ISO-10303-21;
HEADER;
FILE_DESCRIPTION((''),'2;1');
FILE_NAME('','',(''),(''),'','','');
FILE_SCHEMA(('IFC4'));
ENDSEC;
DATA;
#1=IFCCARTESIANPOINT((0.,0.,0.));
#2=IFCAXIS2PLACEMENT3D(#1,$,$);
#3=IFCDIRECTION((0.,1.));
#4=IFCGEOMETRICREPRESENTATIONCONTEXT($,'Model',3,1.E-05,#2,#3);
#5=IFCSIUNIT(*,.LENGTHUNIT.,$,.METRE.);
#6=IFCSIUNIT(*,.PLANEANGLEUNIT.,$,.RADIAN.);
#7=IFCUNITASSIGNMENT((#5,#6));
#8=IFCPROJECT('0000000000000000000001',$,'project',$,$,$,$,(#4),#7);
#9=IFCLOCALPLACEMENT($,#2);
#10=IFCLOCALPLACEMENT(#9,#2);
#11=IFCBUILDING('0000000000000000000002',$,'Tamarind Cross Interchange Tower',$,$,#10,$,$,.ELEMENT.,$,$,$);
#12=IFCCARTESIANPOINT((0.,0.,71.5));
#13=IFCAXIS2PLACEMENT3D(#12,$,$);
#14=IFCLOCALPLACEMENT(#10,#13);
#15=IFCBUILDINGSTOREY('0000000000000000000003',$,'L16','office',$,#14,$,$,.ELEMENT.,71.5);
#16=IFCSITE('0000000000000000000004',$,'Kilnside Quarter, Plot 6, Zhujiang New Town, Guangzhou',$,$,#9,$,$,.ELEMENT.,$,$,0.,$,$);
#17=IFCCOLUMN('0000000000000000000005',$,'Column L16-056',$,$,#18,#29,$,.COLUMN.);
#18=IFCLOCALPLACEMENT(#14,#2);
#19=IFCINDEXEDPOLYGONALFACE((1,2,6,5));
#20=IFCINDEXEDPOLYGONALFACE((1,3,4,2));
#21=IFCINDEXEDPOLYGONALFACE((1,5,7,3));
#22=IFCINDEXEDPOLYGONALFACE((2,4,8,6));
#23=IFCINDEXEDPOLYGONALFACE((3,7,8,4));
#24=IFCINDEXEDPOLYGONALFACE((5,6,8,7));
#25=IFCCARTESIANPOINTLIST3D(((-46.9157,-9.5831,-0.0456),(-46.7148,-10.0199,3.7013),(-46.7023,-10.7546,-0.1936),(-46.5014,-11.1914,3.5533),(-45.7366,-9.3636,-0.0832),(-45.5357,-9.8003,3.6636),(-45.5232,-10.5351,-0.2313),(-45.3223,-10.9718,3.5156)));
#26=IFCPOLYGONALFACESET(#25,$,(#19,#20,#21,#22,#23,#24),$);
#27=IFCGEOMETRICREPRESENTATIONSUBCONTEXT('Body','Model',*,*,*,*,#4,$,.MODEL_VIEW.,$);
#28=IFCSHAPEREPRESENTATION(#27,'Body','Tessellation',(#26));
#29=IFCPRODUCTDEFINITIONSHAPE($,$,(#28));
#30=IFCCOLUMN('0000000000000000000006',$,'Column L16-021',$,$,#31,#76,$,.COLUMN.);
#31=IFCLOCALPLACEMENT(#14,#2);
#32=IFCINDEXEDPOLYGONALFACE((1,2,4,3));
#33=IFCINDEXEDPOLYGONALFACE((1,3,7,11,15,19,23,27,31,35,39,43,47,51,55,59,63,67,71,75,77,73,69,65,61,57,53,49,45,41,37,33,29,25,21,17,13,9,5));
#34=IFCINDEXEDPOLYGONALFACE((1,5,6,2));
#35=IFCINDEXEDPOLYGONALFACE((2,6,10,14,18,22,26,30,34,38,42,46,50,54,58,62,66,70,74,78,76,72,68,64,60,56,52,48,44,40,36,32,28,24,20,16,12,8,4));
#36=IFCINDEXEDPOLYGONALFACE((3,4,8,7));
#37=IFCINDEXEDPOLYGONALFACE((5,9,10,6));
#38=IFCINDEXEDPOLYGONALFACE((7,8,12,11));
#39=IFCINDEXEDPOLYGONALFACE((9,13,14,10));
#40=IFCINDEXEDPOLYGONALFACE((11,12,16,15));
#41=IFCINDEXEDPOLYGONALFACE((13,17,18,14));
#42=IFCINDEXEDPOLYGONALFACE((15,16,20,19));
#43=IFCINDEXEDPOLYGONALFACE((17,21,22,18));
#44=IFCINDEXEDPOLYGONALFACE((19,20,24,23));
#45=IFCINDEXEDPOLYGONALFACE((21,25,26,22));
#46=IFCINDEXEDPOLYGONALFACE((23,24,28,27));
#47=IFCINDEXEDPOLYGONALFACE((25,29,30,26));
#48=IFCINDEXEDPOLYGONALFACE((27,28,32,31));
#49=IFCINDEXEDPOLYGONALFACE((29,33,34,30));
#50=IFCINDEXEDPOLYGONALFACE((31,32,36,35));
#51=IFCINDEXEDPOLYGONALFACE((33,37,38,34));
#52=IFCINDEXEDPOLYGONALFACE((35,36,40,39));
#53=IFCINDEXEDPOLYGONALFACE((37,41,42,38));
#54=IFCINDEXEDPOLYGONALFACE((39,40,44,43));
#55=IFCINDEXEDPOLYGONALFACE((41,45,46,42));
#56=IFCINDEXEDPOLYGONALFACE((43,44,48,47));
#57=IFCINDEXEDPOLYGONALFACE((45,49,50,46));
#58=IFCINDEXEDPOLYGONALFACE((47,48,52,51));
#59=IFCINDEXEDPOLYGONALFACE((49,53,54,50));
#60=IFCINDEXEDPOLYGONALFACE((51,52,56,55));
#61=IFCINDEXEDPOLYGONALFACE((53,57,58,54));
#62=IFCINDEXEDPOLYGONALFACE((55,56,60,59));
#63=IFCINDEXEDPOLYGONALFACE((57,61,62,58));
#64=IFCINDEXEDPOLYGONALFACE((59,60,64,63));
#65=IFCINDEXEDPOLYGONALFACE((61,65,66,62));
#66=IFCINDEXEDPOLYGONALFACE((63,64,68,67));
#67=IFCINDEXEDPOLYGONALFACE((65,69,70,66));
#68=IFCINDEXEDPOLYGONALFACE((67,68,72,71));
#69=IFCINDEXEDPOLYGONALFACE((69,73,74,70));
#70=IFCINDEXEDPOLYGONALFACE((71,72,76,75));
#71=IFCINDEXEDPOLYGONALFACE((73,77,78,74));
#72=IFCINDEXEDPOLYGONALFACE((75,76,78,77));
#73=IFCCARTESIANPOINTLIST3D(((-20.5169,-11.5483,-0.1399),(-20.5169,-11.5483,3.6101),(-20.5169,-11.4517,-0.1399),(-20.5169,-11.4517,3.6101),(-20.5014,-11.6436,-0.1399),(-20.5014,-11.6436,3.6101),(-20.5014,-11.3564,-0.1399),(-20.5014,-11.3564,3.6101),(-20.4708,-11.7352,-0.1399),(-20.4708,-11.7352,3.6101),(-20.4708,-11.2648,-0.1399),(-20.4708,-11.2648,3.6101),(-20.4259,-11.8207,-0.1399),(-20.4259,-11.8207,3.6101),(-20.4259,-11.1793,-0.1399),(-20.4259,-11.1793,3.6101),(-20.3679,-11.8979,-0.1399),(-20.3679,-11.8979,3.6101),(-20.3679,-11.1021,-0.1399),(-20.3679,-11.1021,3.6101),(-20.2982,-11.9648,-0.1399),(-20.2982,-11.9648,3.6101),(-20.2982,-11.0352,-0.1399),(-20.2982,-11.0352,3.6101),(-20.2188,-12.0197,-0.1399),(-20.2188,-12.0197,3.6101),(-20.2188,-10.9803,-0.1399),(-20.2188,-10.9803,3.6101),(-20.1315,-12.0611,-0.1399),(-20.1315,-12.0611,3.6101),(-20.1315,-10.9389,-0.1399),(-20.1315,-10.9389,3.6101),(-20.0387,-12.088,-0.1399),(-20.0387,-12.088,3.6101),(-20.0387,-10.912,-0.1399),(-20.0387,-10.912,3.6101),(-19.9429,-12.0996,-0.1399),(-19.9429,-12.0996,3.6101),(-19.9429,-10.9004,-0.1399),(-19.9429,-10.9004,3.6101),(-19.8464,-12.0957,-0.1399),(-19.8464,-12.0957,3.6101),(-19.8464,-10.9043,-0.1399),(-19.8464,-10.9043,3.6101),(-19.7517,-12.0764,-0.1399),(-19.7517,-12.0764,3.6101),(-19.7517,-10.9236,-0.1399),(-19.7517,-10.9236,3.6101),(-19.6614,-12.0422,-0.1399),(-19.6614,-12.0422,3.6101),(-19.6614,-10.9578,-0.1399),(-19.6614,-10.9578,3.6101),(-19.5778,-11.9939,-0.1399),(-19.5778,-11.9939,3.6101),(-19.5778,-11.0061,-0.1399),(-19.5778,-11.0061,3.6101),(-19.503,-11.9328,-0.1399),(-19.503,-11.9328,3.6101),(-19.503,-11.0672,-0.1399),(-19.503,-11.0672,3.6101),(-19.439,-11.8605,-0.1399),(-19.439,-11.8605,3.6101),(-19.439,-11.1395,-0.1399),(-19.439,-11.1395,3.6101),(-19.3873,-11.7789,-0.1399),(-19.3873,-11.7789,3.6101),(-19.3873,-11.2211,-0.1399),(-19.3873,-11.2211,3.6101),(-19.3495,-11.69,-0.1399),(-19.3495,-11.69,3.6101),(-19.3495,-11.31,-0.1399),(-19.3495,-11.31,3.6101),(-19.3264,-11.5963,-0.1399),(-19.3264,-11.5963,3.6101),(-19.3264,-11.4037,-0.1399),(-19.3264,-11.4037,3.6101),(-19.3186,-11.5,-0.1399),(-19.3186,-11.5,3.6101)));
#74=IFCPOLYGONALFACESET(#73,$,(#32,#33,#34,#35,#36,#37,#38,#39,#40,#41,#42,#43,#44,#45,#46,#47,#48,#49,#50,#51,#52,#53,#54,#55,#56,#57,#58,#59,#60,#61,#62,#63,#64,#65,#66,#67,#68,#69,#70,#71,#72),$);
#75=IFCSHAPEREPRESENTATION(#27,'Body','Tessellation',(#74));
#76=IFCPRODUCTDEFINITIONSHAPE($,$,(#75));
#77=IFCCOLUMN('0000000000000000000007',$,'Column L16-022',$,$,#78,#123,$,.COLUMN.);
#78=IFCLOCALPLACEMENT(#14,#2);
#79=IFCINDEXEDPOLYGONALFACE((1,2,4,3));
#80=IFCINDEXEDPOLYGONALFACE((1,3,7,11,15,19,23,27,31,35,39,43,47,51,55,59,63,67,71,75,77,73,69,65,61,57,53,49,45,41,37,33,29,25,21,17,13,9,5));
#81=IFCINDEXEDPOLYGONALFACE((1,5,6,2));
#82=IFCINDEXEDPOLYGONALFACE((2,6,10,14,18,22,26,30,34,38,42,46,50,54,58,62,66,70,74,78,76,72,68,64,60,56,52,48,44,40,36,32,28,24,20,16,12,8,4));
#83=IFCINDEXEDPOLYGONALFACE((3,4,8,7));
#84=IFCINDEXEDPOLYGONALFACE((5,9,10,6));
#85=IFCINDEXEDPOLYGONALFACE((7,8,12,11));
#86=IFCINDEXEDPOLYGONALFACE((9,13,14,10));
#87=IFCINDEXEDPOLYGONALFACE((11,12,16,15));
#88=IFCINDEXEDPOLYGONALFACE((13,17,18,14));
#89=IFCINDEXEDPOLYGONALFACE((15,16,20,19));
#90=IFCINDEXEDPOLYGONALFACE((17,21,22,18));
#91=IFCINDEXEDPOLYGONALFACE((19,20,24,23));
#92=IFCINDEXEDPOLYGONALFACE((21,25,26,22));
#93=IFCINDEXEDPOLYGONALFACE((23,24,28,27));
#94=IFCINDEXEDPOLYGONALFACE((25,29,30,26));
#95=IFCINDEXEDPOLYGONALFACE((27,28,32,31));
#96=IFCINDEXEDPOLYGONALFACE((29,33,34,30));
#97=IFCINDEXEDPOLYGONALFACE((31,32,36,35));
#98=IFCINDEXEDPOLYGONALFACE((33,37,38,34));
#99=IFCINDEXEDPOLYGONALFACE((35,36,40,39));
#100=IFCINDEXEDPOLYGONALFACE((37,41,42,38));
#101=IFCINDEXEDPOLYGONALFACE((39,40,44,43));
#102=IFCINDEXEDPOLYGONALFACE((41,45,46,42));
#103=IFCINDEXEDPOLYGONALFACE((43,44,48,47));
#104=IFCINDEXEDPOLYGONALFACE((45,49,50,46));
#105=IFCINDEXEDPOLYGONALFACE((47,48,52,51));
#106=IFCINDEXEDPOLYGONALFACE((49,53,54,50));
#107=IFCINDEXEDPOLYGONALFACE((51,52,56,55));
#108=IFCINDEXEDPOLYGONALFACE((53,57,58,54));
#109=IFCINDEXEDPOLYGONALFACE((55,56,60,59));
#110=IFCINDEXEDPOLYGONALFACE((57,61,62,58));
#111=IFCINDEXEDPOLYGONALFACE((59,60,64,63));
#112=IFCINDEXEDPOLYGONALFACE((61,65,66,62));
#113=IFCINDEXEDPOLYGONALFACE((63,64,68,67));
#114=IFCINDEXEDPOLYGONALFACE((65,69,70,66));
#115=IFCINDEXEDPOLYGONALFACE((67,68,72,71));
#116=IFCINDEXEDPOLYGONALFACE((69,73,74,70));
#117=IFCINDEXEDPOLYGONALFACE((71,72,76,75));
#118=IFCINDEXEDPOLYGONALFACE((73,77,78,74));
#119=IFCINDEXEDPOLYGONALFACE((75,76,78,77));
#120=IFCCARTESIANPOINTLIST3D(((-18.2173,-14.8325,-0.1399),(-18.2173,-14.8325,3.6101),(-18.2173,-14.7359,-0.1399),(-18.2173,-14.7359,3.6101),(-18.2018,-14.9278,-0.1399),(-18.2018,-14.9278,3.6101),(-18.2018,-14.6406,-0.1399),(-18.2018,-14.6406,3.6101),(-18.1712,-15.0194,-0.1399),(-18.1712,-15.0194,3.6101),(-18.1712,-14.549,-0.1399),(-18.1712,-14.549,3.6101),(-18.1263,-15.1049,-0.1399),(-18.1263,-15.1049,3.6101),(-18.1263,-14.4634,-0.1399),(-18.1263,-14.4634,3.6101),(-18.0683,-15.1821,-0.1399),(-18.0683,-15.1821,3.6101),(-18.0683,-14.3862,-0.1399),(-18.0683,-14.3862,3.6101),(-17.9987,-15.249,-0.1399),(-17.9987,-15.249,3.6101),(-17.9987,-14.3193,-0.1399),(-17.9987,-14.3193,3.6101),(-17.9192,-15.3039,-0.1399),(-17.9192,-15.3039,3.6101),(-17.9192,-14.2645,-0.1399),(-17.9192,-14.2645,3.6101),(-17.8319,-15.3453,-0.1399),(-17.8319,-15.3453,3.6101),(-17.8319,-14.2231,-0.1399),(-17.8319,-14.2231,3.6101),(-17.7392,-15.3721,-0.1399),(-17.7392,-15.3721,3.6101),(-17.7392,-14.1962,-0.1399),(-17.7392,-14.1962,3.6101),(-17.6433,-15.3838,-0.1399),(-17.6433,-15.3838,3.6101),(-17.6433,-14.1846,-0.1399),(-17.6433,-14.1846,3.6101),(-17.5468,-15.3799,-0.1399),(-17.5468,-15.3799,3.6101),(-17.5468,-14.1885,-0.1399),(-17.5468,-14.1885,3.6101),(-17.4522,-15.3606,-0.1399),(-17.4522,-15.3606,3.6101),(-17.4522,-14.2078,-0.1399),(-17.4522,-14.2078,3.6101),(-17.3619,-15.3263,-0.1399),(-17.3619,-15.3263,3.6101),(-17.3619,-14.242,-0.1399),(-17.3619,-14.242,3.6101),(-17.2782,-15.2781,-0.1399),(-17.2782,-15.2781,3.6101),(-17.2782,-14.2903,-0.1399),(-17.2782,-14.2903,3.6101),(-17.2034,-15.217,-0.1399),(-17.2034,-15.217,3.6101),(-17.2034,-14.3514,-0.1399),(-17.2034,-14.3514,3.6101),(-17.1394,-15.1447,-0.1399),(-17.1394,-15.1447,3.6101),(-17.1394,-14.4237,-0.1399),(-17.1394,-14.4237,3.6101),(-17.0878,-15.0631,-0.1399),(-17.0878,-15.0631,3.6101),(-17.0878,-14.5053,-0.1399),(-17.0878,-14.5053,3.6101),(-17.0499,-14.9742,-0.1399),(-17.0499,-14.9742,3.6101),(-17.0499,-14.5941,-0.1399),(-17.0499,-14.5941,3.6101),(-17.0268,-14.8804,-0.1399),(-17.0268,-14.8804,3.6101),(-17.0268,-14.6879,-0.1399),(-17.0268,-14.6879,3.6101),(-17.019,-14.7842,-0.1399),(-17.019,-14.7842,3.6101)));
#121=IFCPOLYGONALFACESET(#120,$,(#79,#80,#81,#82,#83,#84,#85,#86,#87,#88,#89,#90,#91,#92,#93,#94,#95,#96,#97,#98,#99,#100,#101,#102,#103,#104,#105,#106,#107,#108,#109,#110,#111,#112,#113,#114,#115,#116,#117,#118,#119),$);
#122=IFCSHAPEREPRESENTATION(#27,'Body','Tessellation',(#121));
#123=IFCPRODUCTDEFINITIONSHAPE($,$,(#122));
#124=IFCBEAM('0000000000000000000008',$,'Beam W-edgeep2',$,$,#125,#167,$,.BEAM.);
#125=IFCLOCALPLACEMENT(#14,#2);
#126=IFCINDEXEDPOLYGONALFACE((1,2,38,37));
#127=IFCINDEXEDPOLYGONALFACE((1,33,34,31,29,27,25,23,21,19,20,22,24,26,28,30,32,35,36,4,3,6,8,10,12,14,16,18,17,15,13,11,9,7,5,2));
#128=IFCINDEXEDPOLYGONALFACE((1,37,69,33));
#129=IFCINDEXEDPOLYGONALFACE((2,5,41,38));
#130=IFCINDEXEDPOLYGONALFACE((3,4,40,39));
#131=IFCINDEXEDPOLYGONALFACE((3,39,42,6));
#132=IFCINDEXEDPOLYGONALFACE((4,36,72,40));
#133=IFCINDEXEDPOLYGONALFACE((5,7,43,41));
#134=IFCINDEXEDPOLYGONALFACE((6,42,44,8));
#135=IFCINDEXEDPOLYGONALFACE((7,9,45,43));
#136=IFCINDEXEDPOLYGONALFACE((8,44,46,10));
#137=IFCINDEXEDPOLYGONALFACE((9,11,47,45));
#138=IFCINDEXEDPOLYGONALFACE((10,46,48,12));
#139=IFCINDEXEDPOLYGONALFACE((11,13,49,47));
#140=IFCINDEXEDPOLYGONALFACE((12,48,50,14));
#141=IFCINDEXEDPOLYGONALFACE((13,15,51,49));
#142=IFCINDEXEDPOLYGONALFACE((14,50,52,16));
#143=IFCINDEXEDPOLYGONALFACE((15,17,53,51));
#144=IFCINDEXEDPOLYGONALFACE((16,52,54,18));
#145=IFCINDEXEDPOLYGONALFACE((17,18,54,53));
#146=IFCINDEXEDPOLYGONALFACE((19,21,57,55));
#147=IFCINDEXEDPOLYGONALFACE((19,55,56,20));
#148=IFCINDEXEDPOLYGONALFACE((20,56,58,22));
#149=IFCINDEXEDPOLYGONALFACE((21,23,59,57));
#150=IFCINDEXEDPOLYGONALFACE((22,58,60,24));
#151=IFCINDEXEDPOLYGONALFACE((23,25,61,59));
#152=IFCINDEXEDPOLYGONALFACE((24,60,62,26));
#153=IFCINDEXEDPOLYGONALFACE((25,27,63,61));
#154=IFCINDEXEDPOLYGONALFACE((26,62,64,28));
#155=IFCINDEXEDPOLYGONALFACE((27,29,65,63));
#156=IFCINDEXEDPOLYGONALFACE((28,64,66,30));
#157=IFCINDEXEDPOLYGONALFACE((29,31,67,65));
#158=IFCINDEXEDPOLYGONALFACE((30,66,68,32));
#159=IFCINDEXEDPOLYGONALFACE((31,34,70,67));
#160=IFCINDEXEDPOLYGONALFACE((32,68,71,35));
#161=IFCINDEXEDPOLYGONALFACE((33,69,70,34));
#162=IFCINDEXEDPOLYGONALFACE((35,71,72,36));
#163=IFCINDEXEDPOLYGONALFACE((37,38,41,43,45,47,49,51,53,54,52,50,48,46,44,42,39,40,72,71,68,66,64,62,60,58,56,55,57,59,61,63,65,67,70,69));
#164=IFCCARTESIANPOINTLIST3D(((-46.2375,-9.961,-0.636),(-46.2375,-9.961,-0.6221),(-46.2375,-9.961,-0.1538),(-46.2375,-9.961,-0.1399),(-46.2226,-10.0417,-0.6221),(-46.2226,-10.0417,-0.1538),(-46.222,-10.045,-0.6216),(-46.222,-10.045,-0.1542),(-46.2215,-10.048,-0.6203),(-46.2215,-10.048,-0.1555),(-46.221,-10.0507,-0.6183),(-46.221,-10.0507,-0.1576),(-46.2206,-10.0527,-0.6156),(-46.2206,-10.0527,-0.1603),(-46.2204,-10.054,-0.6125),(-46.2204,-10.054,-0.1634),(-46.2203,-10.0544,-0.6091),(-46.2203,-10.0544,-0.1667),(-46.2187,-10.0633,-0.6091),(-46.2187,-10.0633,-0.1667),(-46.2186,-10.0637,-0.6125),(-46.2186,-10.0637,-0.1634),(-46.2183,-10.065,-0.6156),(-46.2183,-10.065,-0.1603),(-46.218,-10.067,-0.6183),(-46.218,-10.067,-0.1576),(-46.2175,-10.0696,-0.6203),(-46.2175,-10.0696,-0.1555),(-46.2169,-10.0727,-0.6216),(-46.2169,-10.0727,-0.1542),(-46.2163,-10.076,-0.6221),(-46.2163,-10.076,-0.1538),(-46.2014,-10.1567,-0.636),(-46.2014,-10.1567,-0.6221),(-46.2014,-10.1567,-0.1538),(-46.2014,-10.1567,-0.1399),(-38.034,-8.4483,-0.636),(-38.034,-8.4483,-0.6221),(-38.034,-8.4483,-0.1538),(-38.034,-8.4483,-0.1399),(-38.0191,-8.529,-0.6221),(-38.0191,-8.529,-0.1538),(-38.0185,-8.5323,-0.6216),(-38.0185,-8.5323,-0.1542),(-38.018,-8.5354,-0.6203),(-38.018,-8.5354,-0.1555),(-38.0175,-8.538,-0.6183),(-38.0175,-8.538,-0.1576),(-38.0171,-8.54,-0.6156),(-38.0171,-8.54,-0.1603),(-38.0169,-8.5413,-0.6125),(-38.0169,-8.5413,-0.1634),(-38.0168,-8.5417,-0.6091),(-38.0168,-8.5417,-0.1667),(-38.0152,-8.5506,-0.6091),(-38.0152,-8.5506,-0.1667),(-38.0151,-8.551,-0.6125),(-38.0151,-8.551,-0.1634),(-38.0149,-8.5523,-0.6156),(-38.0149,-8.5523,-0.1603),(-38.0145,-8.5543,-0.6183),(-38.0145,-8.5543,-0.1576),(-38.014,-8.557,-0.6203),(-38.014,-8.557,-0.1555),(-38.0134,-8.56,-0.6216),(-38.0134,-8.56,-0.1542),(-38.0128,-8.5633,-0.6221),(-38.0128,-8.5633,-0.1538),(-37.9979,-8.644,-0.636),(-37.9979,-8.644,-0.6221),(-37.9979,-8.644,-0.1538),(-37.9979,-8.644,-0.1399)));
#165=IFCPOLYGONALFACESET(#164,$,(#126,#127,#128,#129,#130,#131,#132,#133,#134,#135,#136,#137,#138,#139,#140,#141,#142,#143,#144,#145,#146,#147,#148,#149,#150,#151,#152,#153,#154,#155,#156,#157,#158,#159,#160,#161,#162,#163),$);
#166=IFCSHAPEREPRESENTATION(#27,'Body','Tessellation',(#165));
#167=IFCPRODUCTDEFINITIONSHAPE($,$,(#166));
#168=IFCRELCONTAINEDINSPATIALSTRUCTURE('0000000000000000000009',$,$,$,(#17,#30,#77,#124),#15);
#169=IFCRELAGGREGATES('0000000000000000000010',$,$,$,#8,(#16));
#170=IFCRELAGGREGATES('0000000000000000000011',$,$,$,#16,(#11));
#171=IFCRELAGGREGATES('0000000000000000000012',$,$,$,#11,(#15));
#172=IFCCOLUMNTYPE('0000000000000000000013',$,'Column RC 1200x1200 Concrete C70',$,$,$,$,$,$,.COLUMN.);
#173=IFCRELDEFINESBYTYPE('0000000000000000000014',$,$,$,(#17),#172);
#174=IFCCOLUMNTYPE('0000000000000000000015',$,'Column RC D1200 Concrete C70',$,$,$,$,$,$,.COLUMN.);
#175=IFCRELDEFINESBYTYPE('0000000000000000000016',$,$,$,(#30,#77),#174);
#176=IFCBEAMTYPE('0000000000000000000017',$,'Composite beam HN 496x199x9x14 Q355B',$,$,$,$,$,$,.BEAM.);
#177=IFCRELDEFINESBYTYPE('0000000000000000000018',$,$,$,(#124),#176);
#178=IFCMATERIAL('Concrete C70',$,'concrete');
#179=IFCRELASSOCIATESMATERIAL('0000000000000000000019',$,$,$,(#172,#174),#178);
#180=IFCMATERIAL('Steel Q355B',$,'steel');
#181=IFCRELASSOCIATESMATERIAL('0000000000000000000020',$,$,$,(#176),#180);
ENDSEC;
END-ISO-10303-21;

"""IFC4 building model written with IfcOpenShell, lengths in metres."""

from ifc_helpers import new_model, si_unit, direction, frame, origin, origin_2d, place, context, subcontext, project, spatial, rectangle, circle, i_section, extrude, material, material_profile, profile_set, type_object, element, save


model = new_model("IFC4")

# Units and contexts
model_context = context("Model", 3, precision=1e-05, world=origin(), true_north=direction((0.0, 1.0)))
body_context = subcontext(model_context, "Body", "Model", "MODEL_VIEW")
ifc_project = project(units=[si_unit("LENGTHUNIT", "METRE"), si_unit("PLANEANGLEUNIT", "RADIAN")], contexts=[model_context])

# Site, building, storey
site_placement = place(None, origin())
site = spatial("IfcSite", under=ifc_project, at=site_placement, Name="Kilnside Quarter, Plot 6, Zhujiang New Town, Guangzhou", CompositionType="ELEMENT", RefElevation=0.0)
building_placement = place(site_placement, origin())
building = spatial("IfcBuilding", under=site, at=building_placement, Name="Tamarind Cross Interchange Tower", CompositionType="ELEMENT")
storey_placement = place(building_placement, frame((0.0, 0.0, 71.5)))
storey = spatial("IfcBuildingStorey", under=building, at=storey_placement, Name="L16", Description="office", CompositionType="ELEMENT", Elevation=71.5)

# Columns
ifc_material_1 = material(Name="Concrete C70", Category="concrete")
ifc_material_profile_1 = material_profile(ifc_material_1, rectangle(XDim=1.2, YDim=1.2, at=origin_2d()), Name="RC 1200x1200")
ifc_profile_set_1 = profile_set([ifc_material_profile_1], Name="Concrete C70")
column_type_1 = type_object("IfcColumnType", Name="Column RC 1200x1200 Concrete C70", PredefinedType="COLUMN", material=ifc_profile_set_1)
column_placement = place(storey_placement, frame((-46.2195, -10.0591, -0.1384), z_axis=(0.05319, -0.115622, 0.991868), x_axis=(-0.177831, 0.9763, 0.123344)))
element("IfcColumn", 1, at=column_placement, inside=storey, type_object=column_type_1, Name="Column L16-056", PredefinedType="COLUMN", context=body_context, shape_type="SweptSolid", body=[
    extrude(rectangle(XDim=1.2, YDim=1.2, at=origin_2d()), origin(), (0.0, 0.0, 1.0), 3.7776),
])
ifc_material_profile_2 = material_profile(ifc_material_1, circle(Radius=0.6001, at=origin_2d()), Name="RC D1200")
ifc_profile_set_2 = profile_set([ifc_material_profile_2], Name="Concrete C70")
column_type_2 = type_object("IfcColumnType", Name="Column RC D1200 Concrete C70", PredefinedType="COLUMN", material=ifc_profile_set_2)
for number, where, z_axis, x_axis, name in (
    (2, (-19.9187, -11.5, -0.1399), (0.0, 0.0, 1.0), (1.0, 0.0, 0.0), "Column L16-021"),
    (3, (-17.6191, -14.7842, -0.1399), (0.0, 0.0, 1.0), (1.0, 0.0, 0.0), "Column L16-022"),
):
    element("IfcColumn", number, at=place(storey_placement, frame(where, z_axis=z_axis, x_axis=x_axis)), inside=storey, type_object=column_type_2, Name=name, PredefinedType="COLUMN", context=body_context, shape_type="SweptSolid", body=[
        extrude(circle(Radius=0.6001, at=origin_2d()), origin(), (0.0, 0.0, 1.0), 3.75),
    ])

# Beam
ifc_material_2 = material(Name="Steel Q355B", Category="steel")
ifc_material_profile_3 = material_profile(ifc_material_2, i_section(OverallWidth=0.199, OverallDepth=0.4961, WebThickness=0.009, FlangeThickness=0.0139, FilletRadius=0.0129, at=origin_2d()), Name="HN 496x199x9x14")
ifc_profile_set_3 = profile_set([ifc_material_profile_3], Name="Steel Q355B")
beam_type_1 = type_object("IfcBeamType", Name="Composite beam HN 496x199x9x14 Q355B", PredefinedType="BEAM", material=ifc_profile_set_3)
beam_1_placement = place(storey_placement, frame((-46.2195, -10.0588, -0.3879), z_axis=(0.983421, 0.181337, 0.0), x_axis=(-0.181337, 0.983421, 0.0)))
element("IfcBeam", 4, at=beam_1_placement, inside=storey, type_object=beam_type_1, Name="Beam W-edgeep2", PredefinedType="BEAM", context=body_context, shape_type="SweptSolid", body=[
    extrude(i_section(OverallWidth=0.199, OverallDepth=0.4961, WebThickness=0.009, FlangeThickness=0.0139, FilletRadius=0.0129, at=origin_2d()), origin(), (0.0, 0.0, 1.0), 8.3418),
])

save(model, "model.ifc")
